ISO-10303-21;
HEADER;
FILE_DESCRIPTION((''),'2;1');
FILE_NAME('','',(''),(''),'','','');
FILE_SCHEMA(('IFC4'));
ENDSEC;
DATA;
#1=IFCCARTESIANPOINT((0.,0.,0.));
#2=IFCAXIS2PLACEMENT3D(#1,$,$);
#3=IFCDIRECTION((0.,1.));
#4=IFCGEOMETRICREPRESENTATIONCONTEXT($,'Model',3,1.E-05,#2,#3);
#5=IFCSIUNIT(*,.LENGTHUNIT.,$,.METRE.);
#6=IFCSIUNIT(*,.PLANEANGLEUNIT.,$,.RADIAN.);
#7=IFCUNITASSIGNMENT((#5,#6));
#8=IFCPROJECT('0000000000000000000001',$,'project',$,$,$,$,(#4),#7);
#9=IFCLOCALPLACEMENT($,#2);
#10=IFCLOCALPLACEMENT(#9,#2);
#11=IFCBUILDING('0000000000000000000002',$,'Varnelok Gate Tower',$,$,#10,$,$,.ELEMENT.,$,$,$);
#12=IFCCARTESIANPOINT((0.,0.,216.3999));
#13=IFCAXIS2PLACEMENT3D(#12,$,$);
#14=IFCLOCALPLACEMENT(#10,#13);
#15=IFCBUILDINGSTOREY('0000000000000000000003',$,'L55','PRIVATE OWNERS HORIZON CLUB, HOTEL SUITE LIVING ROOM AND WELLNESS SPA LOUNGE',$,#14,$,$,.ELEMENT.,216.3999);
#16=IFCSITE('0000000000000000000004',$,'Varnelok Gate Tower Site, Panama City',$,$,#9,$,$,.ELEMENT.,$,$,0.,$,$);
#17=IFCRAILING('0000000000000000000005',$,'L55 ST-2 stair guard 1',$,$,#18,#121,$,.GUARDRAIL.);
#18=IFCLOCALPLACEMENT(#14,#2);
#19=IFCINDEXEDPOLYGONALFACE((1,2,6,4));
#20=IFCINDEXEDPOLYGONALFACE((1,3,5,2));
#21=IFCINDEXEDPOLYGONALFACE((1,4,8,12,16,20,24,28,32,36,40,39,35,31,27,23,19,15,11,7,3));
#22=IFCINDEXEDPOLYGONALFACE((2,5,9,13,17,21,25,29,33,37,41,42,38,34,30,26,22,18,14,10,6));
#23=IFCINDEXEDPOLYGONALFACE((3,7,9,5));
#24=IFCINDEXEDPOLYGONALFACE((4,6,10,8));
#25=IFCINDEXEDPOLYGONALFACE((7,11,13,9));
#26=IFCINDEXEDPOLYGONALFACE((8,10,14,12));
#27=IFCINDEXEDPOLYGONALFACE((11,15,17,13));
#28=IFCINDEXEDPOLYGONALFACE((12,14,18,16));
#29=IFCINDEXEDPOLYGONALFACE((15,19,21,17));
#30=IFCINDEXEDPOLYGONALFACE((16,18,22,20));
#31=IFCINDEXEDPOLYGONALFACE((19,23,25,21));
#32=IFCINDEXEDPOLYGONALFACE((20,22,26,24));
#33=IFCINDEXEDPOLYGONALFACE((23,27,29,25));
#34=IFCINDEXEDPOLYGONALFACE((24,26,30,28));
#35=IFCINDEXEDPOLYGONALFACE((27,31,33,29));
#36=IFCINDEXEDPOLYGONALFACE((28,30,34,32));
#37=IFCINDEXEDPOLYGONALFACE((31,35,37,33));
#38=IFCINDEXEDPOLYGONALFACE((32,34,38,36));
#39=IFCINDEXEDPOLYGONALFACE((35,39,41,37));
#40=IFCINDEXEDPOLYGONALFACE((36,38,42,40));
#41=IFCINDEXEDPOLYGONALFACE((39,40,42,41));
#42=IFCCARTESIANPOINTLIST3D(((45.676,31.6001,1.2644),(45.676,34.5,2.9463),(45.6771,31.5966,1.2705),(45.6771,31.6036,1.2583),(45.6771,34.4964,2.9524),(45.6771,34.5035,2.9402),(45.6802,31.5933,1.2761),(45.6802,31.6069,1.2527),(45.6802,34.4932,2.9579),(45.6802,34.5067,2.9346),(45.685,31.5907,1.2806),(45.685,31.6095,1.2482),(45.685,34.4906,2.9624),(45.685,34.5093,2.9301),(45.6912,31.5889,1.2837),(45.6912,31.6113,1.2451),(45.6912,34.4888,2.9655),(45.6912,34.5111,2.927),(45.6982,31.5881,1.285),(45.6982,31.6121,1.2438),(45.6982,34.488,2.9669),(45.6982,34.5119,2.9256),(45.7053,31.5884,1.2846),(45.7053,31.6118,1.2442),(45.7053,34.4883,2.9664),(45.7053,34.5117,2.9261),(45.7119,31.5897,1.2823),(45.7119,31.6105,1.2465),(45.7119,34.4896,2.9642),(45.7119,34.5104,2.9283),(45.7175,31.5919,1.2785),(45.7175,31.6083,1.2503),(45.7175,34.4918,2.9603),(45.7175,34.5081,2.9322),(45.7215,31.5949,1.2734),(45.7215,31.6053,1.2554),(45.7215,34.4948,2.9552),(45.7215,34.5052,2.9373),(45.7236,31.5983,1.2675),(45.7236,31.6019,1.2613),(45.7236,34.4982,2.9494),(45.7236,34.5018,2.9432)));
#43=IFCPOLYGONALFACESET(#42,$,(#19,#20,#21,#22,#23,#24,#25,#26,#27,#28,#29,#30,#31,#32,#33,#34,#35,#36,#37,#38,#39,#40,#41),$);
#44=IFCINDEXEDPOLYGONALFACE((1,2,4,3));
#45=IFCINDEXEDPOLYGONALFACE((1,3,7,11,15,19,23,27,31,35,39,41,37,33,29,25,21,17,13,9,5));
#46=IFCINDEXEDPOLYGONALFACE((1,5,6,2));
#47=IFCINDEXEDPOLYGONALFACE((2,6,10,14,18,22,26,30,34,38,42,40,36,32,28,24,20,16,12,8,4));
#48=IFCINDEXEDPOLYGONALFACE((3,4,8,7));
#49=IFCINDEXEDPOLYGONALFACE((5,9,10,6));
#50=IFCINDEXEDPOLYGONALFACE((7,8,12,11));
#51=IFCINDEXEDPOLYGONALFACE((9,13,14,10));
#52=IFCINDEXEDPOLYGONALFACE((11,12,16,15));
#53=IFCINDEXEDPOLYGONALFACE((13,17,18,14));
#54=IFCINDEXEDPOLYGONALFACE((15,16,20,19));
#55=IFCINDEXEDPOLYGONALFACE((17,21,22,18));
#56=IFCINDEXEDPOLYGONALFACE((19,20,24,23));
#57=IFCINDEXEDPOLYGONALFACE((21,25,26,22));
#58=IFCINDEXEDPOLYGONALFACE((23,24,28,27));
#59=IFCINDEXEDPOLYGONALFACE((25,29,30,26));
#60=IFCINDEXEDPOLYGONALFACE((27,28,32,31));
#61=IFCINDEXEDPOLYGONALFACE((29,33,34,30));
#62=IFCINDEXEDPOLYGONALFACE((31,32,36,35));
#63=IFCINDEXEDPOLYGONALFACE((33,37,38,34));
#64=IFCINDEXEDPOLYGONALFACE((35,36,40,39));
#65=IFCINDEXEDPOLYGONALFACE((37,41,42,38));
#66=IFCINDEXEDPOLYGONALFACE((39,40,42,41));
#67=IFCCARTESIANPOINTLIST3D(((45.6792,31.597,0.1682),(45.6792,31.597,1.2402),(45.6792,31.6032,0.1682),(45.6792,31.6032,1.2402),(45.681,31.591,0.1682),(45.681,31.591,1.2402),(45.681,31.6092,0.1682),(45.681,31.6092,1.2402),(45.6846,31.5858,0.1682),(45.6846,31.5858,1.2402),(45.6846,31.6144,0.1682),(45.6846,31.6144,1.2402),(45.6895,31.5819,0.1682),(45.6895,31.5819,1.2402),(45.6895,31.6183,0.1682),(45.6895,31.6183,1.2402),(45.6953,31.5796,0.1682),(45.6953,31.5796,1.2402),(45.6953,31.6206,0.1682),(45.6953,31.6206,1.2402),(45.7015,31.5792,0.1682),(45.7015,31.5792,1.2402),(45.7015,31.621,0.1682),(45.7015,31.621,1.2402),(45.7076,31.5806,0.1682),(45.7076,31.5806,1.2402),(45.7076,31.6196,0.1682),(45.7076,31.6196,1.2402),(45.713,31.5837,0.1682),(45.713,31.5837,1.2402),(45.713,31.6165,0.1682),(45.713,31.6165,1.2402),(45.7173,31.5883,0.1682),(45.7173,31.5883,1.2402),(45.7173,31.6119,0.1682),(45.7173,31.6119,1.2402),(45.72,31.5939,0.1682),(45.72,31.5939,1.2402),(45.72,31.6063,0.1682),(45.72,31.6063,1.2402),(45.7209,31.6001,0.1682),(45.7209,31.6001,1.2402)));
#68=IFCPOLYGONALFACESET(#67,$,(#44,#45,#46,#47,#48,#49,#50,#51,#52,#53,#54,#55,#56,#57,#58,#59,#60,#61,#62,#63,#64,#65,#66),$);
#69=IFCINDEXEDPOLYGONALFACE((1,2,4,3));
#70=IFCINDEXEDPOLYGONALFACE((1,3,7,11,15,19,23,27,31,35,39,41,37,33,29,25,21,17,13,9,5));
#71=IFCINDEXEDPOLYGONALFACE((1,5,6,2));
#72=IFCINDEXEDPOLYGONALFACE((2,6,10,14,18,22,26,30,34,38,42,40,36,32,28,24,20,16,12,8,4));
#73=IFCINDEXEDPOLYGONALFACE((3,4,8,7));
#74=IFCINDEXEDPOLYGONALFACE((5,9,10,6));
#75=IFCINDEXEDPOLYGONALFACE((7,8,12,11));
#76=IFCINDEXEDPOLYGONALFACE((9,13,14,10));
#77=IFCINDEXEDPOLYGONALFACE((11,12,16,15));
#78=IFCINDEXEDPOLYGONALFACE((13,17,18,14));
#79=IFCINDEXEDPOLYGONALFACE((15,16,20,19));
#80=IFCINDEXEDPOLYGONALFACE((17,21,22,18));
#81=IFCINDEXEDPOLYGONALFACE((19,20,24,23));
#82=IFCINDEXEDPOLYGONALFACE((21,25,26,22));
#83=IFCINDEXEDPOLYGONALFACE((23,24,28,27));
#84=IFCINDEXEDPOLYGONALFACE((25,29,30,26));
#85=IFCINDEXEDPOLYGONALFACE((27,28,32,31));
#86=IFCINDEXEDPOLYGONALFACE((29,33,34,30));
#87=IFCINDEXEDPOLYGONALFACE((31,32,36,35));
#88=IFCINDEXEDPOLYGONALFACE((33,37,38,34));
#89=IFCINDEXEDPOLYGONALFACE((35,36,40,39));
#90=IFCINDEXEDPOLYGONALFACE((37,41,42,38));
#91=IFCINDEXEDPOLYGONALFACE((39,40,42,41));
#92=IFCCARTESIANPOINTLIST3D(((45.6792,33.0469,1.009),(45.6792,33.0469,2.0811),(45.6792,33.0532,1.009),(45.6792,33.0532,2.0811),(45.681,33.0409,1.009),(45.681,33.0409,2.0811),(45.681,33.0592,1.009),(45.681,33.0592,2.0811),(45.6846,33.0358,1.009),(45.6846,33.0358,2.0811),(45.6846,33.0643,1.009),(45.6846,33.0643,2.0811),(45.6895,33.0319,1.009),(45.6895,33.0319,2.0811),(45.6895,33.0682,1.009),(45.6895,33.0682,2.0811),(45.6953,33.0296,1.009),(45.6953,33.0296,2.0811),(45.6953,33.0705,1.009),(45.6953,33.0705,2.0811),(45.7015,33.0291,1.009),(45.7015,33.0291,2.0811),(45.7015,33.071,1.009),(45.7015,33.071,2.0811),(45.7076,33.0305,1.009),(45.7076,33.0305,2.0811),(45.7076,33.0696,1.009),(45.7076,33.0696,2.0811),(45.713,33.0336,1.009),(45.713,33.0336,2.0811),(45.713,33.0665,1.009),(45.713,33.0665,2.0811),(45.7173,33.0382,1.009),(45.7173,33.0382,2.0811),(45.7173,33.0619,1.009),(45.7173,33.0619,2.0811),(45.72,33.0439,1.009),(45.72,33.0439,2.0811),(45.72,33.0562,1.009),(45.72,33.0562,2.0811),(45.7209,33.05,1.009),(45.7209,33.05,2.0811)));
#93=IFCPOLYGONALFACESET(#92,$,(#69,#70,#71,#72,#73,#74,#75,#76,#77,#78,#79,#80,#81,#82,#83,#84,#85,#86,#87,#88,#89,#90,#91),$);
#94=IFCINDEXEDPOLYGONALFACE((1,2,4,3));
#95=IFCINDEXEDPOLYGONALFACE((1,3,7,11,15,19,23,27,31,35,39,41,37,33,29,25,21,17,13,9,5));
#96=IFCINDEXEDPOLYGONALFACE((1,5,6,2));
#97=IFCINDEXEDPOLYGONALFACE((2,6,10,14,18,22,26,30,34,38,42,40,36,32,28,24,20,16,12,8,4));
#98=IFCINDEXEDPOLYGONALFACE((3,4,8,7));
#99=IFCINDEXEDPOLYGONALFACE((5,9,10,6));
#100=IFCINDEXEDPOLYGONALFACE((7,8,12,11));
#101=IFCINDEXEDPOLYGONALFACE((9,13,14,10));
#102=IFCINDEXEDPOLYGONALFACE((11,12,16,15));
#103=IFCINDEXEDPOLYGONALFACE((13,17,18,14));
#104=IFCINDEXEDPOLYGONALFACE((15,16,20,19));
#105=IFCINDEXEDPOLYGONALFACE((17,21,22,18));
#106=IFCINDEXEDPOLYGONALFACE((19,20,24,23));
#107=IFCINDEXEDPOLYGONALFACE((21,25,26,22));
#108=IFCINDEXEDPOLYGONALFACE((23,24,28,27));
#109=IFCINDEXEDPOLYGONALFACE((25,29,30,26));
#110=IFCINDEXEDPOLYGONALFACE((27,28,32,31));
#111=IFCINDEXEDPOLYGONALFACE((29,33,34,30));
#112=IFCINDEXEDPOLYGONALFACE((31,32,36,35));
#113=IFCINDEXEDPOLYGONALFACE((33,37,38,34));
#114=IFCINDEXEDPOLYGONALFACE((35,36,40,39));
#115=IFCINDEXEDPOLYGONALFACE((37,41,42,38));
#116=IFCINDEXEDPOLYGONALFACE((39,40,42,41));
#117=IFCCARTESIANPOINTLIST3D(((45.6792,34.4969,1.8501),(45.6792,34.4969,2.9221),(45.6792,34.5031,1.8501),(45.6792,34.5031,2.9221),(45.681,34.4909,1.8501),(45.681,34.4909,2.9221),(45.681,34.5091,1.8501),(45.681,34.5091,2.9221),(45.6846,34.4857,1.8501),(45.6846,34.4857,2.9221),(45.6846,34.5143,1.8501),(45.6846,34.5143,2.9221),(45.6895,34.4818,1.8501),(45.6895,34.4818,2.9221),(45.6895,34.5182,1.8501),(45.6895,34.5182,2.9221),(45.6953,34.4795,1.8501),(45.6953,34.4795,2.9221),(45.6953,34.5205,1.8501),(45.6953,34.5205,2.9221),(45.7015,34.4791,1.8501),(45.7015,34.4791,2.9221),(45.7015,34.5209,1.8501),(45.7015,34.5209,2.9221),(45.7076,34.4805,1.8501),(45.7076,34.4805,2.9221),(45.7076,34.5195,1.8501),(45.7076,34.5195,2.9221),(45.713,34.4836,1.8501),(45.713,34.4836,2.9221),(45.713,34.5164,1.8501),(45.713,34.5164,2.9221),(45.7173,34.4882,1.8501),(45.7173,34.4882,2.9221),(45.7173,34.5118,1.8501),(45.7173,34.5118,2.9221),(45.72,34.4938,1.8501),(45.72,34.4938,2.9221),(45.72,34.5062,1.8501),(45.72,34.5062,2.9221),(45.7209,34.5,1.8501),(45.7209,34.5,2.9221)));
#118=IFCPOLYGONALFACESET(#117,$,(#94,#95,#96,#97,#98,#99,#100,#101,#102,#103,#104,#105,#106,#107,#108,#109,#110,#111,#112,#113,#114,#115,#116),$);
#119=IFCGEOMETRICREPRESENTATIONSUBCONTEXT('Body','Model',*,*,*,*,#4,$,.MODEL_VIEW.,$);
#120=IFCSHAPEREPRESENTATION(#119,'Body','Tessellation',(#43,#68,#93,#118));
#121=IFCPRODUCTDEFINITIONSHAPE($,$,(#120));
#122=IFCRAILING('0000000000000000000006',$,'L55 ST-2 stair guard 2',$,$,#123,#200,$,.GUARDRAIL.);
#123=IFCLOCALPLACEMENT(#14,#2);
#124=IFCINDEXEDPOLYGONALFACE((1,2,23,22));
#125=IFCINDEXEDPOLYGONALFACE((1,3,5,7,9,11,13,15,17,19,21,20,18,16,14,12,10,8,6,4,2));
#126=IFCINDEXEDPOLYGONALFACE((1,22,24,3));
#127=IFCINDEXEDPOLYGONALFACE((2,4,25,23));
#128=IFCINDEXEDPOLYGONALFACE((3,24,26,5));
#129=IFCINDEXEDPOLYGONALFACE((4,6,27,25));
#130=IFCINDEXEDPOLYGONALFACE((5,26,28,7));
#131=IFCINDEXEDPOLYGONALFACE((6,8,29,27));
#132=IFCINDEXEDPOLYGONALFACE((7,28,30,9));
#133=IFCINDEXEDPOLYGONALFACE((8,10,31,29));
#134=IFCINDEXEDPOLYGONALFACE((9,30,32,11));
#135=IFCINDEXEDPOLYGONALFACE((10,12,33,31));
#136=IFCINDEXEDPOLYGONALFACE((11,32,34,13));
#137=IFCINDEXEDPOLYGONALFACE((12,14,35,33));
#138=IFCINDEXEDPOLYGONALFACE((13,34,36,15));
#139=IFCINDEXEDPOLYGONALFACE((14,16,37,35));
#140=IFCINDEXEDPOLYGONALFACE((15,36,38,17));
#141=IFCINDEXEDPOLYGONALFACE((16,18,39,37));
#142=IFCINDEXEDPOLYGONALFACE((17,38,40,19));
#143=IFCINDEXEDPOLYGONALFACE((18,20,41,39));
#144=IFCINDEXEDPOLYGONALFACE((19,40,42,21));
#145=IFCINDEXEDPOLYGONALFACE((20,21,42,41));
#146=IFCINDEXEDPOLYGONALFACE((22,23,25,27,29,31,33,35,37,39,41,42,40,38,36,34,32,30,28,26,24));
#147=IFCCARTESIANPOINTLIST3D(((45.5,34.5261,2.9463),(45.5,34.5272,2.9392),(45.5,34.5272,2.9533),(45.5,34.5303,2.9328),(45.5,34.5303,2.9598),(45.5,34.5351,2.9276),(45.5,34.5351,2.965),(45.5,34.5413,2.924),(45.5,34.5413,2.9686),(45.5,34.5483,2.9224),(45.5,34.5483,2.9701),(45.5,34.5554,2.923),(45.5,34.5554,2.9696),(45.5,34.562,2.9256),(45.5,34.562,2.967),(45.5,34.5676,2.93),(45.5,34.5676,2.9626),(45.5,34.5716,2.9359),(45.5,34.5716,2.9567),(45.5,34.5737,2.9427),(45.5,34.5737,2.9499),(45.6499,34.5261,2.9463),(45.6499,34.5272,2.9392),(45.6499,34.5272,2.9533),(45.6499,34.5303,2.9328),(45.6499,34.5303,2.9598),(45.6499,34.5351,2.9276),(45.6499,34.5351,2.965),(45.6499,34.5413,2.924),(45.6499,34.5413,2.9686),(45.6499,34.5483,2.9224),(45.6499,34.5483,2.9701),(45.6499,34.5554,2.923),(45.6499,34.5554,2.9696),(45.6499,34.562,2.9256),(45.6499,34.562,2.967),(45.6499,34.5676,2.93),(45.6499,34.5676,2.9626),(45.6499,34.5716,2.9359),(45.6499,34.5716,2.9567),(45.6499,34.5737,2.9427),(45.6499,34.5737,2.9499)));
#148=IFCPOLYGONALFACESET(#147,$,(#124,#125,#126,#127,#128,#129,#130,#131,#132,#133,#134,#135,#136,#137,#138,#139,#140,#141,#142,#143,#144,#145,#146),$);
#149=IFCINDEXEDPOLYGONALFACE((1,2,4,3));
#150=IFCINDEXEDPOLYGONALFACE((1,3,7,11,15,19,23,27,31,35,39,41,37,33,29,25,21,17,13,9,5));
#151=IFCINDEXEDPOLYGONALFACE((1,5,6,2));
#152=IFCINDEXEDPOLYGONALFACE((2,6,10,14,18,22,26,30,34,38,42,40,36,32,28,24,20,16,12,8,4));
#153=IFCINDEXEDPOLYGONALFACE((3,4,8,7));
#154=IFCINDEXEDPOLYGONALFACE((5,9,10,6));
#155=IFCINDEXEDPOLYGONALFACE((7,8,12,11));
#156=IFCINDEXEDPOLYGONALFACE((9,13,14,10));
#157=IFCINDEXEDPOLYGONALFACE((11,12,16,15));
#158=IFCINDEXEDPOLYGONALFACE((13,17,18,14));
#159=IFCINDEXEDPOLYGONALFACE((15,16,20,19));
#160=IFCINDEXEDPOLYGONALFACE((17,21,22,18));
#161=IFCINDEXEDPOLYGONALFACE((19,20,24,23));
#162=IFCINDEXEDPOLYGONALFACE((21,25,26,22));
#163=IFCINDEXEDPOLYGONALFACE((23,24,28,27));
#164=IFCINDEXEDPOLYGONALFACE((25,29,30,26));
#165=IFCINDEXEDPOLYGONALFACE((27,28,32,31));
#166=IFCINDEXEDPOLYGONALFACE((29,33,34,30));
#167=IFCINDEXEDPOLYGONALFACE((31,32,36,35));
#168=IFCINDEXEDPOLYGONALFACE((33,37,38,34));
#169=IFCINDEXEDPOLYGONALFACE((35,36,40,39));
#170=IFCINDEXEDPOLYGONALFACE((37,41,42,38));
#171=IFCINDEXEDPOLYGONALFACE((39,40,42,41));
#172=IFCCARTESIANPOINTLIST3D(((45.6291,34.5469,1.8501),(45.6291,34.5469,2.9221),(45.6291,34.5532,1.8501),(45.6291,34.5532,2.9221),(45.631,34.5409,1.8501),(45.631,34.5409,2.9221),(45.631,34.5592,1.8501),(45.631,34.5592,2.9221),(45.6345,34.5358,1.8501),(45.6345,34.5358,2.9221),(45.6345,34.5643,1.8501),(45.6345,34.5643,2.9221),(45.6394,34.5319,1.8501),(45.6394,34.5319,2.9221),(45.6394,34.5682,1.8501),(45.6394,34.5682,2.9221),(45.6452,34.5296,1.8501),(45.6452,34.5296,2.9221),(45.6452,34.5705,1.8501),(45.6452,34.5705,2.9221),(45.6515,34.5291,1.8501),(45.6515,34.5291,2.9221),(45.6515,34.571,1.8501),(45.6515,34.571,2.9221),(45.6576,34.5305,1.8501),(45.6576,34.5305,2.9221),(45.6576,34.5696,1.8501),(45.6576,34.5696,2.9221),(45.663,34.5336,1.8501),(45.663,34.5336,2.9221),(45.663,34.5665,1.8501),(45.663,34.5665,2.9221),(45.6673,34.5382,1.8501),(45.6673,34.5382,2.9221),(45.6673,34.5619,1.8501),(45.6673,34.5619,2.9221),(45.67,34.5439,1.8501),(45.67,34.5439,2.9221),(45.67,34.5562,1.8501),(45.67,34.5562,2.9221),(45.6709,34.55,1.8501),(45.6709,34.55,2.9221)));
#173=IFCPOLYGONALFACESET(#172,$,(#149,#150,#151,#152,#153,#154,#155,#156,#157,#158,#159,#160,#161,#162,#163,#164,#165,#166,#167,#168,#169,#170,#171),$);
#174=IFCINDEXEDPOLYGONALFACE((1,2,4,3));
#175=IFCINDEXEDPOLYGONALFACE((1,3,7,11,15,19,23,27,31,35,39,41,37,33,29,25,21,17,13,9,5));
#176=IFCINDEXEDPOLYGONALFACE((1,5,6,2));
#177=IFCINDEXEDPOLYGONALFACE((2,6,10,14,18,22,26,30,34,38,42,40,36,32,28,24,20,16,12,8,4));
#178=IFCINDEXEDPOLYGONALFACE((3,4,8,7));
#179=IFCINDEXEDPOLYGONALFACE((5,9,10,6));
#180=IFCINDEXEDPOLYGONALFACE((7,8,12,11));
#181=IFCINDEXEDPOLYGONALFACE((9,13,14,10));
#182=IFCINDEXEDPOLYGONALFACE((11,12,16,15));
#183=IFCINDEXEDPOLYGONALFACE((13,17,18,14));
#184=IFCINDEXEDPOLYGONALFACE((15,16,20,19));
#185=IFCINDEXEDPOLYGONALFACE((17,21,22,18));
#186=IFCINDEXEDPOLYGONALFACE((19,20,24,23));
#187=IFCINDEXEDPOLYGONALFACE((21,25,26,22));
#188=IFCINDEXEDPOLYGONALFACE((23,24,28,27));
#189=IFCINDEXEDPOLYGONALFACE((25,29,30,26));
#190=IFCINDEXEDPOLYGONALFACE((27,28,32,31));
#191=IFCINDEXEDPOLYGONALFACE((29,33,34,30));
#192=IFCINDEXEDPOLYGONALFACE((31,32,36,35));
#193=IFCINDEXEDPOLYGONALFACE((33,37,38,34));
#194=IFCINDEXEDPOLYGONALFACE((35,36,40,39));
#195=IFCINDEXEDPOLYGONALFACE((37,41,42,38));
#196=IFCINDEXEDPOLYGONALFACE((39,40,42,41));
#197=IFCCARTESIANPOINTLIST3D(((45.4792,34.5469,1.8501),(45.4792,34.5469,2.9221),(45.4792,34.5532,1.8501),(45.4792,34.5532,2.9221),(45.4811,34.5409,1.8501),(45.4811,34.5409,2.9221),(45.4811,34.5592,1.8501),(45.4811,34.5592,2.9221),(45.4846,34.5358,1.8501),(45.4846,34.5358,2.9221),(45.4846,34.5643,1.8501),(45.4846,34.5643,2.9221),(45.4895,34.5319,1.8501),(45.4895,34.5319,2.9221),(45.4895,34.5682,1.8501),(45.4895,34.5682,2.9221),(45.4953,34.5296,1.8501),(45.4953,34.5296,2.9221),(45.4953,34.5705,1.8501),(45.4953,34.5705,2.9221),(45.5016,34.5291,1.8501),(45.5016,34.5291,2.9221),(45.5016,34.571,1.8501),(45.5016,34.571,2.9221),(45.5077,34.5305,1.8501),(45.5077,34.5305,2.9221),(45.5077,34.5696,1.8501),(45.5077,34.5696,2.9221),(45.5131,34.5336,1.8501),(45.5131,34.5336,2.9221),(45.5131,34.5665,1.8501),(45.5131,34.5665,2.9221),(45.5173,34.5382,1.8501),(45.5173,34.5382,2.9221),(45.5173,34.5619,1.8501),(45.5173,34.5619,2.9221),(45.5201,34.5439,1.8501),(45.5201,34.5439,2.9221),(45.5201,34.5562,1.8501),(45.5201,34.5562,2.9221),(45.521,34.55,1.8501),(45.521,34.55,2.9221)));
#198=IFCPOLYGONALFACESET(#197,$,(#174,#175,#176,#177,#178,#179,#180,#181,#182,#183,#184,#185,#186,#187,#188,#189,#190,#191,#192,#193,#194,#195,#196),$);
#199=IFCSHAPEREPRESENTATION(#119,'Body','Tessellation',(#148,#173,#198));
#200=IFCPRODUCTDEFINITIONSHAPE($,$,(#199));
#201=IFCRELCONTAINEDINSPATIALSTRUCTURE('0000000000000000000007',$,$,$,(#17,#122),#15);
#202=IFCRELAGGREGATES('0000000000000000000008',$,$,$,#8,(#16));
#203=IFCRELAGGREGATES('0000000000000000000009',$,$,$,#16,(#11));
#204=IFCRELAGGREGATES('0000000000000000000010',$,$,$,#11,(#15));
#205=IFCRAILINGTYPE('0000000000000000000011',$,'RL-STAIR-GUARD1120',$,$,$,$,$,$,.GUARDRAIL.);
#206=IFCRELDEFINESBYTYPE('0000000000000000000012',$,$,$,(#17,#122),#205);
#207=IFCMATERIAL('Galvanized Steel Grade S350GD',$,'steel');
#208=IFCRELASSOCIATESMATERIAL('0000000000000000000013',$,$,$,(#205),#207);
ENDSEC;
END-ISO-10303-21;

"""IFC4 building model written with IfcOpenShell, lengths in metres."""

from ifc_helpers import new_model, si_unit, direction, frame, origin, origin_2d, place, context, subcontext, project, spatial, circle, extrude, material, type_object, element, save


model = new_model("IFC4")

# Units and contexts
model_context = context("Model", 3, precision=1e-05, world=origin(), true_north=direction((0.0, 1.0)))
body_context = subcontext(model_context, "Body", "Model", "MODEL_VIEW")
ifc_project = project(units=[si_unit("LENGTHUNIT", "METRE"), si_unit("PLANEANGLEUNIT", "RADIAN")], contexts=[model_context])

# Site, building, storey
site_placement = place(None, origin())
site = spatial("IfcSite", under=ifc_project, at=site_placement, Name="Varnelok Gate Tower Site, Panama City", CompositionType="ELEMENT", RefElevation=0.0)
building_placement = place(site_placement, origin())
building = spatial("IfcBuilding", under=site, at=building_placement, Name="Varnelok Gate Tower", CompositionType="ELEMENT")
storey_placement = place(building_placement, frame((0.0, 0.0, 216.3999)))
storey = spatial("IfcBuildingStorey", under=building, at=storey_placement, Name="L55", Description="PRIVATE OWNERS HORIZON CLUB, HOTEL SUITE LIVING ROOM AND WELLNESS SPA LOUNGE", CompositionType="ELEMENT", Elevation=216.3999)

# Shared definitions
ifc_material_1 = material(Name="Galvanized Steel Grade S350GD", Category="steel")

# Railings
railing_type_1 = type_object("IfcRailingType", Name="RL-STAIR-GUARD1120", PredefinedType="GUARDRAIL", material=ifc_material_1)
railing_1_placement = place(storey_placement, frame((45.7, 31.6001, 0.1682)))
element("IfcRailing", 1, at=railing_1_placement, inside=storey, type_object=railing_type_1, Name="L55 ST-2 stair guard 1", PredefinedType="GUARDRAIL", context=body_context, shape_type="SweptSolid", body=[
    extrude(circle(Radius=0.0239, at=origin_2d()), frame((0.0, 0.0, 1.0962), z_axis=(0.0, 0.865039, 0.501705), x_axis=(-1.0, 0.0, 0.0)), (0.0, 0.0, 1.0), 3.3523),
    extrude(circle(Radius=0.021, at=origin_2d()), origin(), (0.0, 0.0, 1.0), 1.072),
    extrude(circle(Radius=0.021, at=origin_2d()), frame((0.0, 1.45, 0.8408)), (0.0, 0.0, 1.0), 1.072),
    extrude(circle(Radius=0.021, at=origin_2d()), frame((0.0, 2.8999, 1.6819)), (0.0, 0.0, 1.0), 1.072),
])
railing_2_placement = place(storey_placement, frame((45.6499, 34.55, 1.8501)))
element("IfcRailing", 2, at=railing_2_placement, inside=storey, type_object=railing_type_1, Name="L55 ST-2 stair guard 2", PredefinedType="GUARDRAIL", context=body_context, shape_type="SweptSolid", body=[
    extrude(circle(Radius=0.0239, at=origin_2d()), frame((0.0, 0.0, 1.0962), z_axis=(-1.0, 0.0, 0.0), x_axis=(0.0, -1.0, 0.0)), (0.0, 0.0, 1.0), 0.1499),
    extrude(circle(Radius=0.021, at=origin_2d()), origin(), (0.0, 0.0, 1.0), 1.072),
    extrude(circle(Radius=0.021, at=origin_2d()), frame((-0.1499, 0.0, 0.0)), (0.0, 0.0, 1.0), 1.072),
])

save(model, "model.ifc")
